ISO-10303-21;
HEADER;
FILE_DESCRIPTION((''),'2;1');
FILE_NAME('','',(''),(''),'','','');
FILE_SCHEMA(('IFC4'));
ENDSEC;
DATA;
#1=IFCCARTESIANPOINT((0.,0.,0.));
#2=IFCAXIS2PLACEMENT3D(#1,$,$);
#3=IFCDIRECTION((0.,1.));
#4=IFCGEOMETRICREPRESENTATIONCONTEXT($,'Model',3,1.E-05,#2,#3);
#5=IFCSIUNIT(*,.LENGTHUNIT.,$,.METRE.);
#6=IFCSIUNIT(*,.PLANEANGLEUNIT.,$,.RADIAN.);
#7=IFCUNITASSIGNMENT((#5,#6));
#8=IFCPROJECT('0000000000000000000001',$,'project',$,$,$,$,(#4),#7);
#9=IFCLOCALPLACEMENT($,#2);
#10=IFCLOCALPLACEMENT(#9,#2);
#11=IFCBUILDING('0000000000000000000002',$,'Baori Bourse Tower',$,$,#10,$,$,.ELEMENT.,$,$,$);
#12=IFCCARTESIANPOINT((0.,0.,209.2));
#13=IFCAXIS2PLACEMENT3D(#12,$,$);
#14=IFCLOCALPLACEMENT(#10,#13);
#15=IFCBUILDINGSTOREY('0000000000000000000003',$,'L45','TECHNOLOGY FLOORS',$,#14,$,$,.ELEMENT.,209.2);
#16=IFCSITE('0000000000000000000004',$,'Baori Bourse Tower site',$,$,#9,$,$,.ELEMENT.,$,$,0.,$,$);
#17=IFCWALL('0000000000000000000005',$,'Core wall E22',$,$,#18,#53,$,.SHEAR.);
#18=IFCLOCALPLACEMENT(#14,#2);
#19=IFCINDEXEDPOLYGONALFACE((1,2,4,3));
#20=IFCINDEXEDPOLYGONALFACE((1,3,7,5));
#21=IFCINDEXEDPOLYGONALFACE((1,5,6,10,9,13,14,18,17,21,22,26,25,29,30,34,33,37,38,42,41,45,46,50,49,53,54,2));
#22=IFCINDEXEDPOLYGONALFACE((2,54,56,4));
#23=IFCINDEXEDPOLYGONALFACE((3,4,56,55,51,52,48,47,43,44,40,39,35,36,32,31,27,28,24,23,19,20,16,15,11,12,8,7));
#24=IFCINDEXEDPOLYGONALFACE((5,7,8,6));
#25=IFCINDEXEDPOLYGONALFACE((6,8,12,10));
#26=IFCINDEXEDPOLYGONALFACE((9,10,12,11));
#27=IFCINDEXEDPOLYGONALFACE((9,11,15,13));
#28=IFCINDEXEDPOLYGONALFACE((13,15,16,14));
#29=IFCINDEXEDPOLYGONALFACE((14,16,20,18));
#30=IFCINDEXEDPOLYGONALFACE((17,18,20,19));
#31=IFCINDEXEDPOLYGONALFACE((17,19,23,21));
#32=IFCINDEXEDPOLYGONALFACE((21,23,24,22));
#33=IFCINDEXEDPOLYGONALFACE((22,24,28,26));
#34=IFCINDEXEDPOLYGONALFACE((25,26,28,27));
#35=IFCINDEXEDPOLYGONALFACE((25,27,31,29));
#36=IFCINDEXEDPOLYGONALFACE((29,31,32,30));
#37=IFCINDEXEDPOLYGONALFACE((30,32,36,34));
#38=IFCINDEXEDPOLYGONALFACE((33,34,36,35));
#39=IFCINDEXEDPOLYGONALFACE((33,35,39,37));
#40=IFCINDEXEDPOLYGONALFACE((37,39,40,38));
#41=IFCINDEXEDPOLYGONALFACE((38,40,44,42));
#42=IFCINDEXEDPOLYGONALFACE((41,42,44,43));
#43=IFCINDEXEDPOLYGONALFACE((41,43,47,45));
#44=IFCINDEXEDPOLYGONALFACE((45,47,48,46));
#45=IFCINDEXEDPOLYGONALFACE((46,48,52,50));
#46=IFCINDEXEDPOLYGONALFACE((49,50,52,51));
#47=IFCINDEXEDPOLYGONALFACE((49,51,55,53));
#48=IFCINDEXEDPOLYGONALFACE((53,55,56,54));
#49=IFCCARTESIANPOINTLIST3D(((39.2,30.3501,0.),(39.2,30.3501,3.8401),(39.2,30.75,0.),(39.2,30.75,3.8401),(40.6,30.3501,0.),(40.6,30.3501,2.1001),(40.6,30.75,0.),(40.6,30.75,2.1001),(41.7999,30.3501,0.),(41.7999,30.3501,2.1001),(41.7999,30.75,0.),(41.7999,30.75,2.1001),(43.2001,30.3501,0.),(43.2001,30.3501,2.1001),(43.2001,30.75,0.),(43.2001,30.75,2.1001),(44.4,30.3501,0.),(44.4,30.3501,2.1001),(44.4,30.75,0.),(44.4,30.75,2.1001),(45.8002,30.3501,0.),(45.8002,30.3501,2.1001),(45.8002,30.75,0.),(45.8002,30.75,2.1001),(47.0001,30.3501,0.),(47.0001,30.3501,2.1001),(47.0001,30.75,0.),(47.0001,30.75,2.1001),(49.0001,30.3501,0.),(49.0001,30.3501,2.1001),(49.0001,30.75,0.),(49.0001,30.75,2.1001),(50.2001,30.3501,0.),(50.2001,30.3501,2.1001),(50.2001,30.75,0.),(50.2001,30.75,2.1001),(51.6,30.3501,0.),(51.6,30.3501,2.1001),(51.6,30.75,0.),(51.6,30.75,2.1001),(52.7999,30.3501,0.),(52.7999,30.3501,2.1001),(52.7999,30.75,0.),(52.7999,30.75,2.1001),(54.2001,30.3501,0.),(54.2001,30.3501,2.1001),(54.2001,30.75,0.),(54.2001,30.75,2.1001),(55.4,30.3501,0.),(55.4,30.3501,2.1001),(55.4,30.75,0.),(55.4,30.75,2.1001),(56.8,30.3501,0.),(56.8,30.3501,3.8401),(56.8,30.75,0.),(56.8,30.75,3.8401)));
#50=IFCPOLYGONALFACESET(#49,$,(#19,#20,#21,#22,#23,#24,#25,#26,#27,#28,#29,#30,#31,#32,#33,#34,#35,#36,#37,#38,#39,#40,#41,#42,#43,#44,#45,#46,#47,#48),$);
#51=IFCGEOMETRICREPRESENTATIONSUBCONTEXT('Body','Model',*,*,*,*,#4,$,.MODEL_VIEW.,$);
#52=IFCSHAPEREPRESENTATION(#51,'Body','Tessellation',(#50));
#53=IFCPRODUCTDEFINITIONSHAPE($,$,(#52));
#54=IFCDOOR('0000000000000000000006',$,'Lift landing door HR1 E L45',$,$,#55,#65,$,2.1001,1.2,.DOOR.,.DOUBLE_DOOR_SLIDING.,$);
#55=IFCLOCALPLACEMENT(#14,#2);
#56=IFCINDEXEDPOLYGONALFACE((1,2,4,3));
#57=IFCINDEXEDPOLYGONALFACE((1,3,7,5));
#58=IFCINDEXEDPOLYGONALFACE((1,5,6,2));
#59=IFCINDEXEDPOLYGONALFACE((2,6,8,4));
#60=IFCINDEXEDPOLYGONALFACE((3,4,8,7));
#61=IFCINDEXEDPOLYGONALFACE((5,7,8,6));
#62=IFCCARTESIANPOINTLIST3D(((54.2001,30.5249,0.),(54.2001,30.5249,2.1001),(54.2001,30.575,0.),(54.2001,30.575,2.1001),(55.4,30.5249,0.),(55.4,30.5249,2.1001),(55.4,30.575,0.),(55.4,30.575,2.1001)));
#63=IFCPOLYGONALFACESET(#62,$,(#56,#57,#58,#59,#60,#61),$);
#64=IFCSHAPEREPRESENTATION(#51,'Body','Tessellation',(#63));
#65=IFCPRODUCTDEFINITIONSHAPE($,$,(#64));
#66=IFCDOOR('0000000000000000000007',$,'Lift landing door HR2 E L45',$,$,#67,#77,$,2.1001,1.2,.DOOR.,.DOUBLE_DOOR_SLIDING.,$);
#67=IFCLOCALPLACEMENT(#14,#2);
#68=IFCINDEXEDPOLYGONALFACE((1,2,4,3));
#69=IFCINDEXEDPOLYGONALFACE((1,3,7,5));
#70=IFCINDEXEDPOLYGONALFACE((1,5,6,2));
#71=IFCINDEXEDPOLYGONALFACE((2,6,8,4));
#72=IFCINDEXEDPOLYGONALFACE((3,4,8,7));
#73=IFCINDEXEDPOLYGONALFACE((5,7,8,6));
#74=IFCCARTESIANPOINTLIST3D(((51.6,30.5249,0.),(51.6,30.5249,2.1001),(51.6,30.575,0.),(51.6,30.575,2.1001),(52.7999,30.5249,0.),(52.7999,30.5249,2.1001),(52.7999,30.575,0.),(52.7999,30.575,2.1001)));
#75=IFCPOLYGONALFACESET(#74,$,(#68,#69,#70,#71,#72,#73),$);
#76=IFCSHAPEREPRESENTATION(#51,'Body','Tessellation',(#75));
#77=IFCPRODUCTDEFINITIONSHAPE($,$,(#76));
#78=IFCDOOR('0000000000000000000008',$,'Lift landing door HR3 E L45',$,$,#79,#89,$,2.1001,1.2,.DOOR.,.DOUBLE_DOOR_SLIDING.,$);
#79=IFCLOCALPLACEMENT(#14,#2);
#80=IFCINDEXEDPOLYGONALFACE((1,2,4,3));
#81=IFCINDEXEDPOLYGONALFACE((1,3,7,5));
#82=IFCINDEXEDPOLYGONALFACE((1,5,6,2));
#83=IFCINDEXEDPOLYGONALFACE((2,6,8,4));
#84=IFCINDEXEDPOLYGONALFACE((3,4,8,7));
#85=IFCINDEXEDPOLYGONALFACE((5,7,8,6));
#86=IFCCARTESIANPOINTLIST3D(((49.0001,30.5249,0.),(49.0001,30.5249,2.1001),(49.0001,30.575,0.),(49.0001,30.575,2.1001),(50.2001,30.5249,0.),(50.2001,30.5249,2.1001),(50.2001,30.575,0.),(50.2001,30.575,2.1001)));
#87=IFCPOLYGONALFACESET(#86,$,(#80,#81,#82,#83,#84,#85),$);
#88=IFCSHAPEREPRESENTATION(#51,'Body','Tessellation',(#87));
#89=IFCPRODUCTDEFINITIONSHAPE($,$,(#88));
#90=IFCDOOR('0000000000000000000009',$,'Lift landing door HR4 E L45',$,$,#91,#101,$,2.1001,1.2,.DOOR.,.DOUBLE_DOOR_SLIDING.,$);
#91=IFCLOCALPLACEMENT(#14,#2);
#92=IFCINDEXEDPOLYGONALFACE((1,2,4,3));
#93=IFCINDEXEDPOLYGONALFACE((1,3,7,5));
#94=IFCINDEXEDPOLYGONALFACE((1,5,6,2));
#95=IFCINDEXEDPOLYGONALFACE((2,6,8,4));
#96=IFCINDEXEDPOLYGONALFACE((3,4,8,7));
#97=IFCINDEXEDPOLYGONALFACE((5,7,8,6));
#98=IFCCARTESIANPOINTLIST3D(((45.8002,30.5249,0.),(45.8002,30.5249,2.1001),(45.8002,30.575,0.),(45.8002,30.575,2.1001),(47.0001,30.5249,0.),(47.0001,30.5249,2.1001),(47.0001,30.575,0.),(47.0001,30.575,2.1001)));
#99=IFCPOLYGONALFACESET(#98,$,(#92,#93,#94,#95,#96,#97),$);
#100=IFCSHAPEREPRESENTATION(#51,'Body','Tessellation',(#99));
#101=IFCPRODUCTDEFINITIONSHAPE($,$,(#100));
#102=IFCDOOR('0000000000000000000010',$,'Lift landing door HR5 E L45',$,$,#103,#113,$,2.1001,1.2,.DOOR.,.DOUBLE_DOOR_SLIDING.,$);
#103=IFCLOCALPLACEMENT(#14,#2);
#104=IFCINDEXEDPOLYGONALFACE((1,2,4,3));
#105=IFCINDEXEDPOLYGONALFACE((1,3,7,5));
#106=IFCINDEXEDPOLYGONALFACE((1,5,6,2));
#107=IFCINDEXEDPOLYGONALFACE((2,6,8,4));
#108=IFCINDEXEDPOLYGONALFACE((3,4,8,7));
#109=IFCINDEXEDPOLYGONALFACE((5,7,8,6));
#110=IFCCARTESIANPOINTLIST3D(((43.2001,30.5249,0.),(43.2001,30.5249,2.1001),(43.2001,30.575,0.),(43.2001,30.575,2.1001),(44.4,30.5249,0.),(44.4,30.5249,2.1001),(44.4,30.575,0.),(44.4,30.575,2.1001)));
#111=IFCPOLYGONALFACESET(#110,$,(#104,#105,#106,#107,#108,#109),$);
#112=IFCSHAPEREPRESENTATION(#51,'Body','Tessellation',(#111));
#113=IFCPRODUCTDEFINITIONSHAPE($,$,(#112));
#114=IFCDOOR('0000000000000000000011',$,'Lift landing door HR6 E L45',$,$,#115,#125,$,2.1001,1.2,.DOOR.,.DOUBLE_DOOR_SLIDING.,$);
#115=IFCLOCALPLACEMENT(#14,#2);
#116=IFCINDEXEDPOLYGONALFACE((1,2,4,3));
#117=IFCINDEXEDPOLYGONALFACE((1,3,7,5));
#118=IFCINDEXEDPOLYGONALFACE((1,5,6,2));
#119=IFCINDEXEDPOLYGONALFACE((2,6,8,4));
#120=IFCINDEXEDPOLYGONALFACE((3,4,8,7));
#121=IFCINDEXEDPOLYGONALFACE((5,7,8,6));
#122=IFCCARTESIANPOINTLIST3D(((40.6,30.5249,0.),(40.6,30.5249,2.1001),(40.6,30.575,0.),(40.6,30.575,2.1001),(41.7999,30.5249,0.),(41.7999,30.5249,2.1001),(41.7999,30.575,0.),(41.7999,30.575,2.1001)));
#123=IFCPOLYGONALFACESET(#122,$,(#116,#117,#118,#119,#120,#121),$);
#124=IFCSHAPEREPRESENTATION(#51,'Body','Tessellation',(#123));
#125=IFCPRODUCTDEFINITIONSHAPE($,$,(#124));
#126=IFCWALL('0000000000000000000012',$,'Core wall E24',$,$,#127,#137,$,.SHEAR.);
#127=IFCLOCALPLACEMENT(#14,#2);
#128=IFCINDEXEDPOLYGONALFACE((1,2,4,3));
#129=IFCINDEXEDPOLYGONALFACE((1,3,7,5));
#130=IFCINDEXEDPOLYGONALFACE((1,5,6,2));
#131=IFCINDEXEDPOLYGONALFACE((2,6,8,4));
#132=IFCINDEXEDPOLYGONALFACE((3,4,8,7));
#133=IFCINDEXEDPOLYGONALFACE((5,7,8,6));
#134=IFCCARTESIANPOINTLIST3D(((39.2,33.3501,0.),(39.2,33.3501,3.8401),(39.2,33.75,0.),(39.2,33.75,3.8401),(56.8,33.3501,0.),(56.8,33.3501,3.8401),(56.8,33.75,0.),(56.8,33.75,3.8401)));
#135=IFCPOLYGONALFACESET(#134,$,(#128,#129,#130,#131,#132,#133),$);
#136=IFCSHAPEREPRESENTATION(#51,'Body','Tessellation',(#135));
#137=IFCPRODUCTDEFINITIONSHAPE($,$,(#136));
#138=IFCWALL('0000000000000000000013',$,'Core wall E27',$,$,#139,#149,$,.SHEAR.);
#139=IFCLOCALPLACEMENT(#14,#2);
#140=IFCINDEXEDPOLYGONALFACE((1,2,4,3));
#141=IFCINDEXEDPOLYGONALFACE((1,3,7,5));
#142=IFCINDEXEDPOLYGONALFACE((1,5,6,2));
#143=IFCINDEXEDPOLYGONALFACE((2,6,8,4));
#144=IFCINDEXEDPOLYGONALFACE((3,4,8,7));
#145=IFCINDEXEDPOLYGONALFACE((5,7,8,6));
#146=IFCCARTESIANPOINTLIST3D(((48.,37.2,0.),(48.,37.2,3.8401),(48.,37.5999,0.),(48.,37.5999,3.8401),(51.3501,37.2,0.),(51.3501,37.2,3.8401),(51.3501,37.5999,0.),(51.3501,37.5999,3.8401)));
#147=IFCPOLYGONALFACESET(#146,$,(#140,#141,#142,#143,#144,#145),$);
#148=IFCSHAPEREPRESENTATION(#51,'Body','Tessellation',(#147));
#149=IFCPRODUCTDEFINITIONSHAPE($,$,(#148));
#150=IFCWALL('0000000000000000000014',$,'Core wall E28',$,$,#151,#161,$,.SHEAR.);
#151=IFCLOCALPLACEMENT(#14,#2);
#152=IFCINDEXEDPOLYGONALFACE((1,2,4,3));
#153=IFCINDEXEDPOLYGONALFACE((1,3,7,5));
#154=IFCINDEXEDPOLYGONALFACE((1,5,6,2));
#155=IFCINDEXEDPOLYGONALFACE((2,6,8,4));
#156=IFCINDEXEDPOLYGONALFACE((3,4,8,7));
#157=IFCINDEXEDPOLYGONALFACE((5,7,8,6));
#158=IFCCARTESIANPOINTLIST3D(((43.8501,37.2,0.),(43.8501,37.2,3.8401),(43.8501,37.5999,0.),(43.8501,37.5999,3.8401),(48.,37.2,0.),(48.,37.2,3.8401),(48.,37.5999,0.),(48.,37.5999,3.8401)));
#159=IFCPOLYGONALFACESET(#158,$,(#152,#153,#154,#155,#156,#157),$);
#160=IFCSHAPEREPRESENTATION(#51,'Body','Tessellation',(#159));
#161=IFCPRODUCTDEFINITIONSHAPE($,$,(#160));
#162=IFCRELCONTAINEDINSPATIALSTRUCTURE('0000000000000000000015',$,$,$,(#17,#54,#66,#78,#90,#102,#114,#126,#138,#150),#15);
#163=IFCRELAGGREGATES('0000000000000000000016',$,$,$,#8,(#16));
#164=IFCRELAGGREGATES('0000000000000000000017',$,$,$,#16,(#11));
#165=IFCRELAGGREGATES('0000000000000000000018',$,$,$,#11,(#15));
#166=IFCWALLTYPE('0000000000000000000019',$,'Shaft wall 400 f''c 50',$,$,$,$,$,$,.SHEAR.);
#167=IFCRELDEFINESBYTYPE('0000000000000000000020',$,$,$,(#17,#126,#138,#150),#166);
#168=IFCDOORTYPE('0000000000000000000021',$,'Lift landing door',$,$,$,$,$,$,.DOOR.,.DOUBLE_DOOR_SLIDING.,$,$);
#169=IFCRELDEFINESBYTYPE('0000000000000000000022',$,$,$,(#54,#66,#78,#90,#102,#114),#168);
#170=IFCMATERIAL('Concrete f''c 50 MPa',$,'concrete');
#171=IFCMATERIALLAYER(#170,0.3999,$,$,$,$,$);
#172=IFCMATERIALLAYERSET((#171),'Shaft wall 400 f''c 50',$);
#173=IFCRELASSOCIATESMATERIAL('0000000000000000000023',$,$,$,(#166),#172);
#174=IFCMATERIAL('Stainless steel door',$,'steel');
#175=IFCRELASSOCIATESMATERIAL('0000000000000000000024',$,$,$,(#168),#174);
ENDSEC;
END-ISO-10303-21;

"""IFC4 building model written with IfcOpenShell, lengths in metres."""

from ifc_helpers import new_model, si_unit, direction, frame, frame_2d, origin, place, context, subcontext, project, spatial, rectangle, extrude, material, layer, layer_set, type_object, element, fill, save


model = new_model("IFC4")

# Units and contexts
model_context = context("Model", 3, precision=1e-05, world=origin(), true_north=direction((0.0, 1.0)))
body_context = subcontext(model_context, "Body", "Model", "MODEL_VIEW")
ifc_project = project(units=[si_unit("LENGTHUNIT", "METRE"), si_unit("PLANEANGLEUNIT", "RADIAN")], contexts=[model_context])

# Site, building, storey
site_placement = place(None, origin())
site = spatial("IfcSite", under=ifc_project, at=site_placement, Name="Baori Bourse Tower site", CompositionType="ELEMENT", RefElevation=0.0)
building_placement = place(site_placement, origin())
building = spatial("IfcBuilding", under=site, at=building_placement, Name="Baori Bourse Tower", CompositionType="ELEMENT")
storey_placement = place(building_placement, frame((0.0, 0.0, 209.2)))
storey = spatial("IfcBuildingStorey", under=building, at=storey_placement, Name="L45", Description="TECHNOLOGY FLOORS", CompositionType="ELEMENT", Elevation=209.2)

# Shared definitions
ifc_material_1 = material(Name="Concrete f'c 50 MPa", Category="concrete")
ifc_layer_1 = layer(ifc_material_1, 0.3999)
ifc_layer_set_1 = layer_set([ifc_layer_1], Name="Shaft wall 400 f'c 50")
wall_type_1 = type_object("IfcWallType", Name="Shaft wall 400 f'c 50", PredefinedType="SHEAR", material=ifc_layer_set_1)
ifc_material_2 = material(Name="Stainless steel door", Category="steel")
door_type_1 = type_object("IfcDoorType", Name="Lift landing door", OperationType="DOUBLE_DOOR_SLIDING", PredefinedType="DOOR", material=ifc_material_2)

# Wall, openings, doors
wall_1_placement = place(storey_placement, frame((39.2, 30.55, 0.0), z_axis=(0.0, 0.0, 1.0), x_axis=(1.0, 0.0, 0.0)))
wall_1 = element("IfcWall", 1, at=wall_1_placement, inside=storey, type_object=wall_type_1, Name="Core wall E22", PredefinedType="SHEAR", context=body_context, shape_type="SweptSolid", body=[
    extrude(rectangle(XDim=17.6001, YDim=0.3999, at=frame_2d((8.8, 0.0))), origin(), (0.0, 0.0, 1.0), 3.8401),
])
opening_1_placement = place(wall_1_placement, frame((15.0, 0.0, 0.0)))
opening_1 = element("IfcOpeningElement", 2, at=opening_1_placement, cuts=wall_1, PredefinedType="OPENING", context=body_context, shape_type="SweptSolid", body=[
    extrude(rectangle(XDim=1.2, YDim=2.1001, at=frame_2d((0.6001, 1.05))), frame((0.0, 0.21, 0.0), z_axis=(0.0, -1.0, 0.0), x_axis=(1.0, 0.0, 0.0)), (0.0, 0.0, 1.0), 0.4199),
])
opening_2_placement = place(wall_1_placement, frame((12.3999, 0.0, 0.0)))
opening_2 = element("IfcOpeningElement", 3, at=opening_2_placement, cuts=wall_1, PredefinedType="OPENING", context=body_context, shape_type="SweptSolid", body=[
    extrude(rectangle(XDim=1.2, YDim=2.1001, at=frame_2d((0.6001, 1.05))), frame((0.0, 0.21, 0.0), z_axis=(0.0, -1.0, 0.0), x_axis=(1.0, 0.0, 0.0)), (0.0, 0.0, 1.0), 0.4199),
])
opening_3_placement = place(wall_1_placement, frame((9.8, 0.0, 0.0)))
opening_3 = element("IfcOpeningElement", 4, at=opening_3_placement, cuts=wall_1, PredefinedType="OPENING", context=body_context, shape_type="SweptSolid", body=[
    extrude(rectangle(XDim=1.2, YDim=2.1001, at=frame_2d((0.6001, 1.05))), frame((0.0, 0.21, 0.0), z_axis=(0.0, -1.0, 0.0), x_axis=(1.0, 0.0, 0.0)), (0.0, 0.0, 1.0), 0.4199),
])
opening_4_placement = place(wall_1_placement, frame((6.6001, 0.0, 0.0)))
opening_4 = element("IfcOpeningElement", 5, at=opening_4_placement, cuts=wall_1, PredefinedType="OPENING", context=body_context, shape_type="SweptSolid", body=[
    extrude(rectangle(XDim=1.2, YDim=2.1001, at=frame_2d((0.6001, 1.05))), frame((0.0, 0.21, 0.0), z_axis=(0.0, -1.0, 0.0), x_axis=(1.0, 0.0, 0.0)), (0.0, 0.0, 1.0), 0.4199),
])
opening_5_placement = place(wall_1_placement, frame((4.0, 0.0, 0.0)))
opening_5 = element("IfcOpeningElement", 6, at=opening_5_placement, cuts=wall_1, PredefinedType="OPENING", context=body_context, shape_type="SweptSolid", body=[
    extrude(rectangle(XDim=1.2, YDim=2.1001, at=frame_2d((0.6001, 1.05))), frame((0.0, 0.21, 0.0), z_axis=(0.0, -1.0, 0.0), x_axis=(1.0, 0.0, 0.0)), (0.0, 0.0, 1.0), 0.4199),
])
opening_6_placement = place(wall_1_placement, frame((1.3999, 0.0, 0.0)))
opening_6 = element("IfcOpeningElement", 7, at=opening_6_placement, cuts=wall_1, PredefinedType="OPENING", context=body_context, shape_type="SweptSolid", body=[
    extrude(rectangle(XDim=1.2, YDim=2.1001, at=frame_2d((0.6001, 1.05))), frame((0.0, 0.21, 0.0), z_axis=(0.0, -1.0, 0.0), x_axis=(1.0, 0.0, 0.0)), (0.0, 0.0, 1.0), 0.4199),
])
door_1_placement = place(opening_1_placement, origin())
door_1 = element("IfcDoor", 8, at=door_1_placement, inside=storey, type_object=door_type_1, Name="Lift landing door HR1 E L45", OperationType="DOUBLE_DOOR_SLIDING", OverallHeight=2.1001, OverallWidth=1.2, PredefinedType="DOOR", context=body_context, shape_type="SweptSolid", body=[
    extrude(rectangle(XDim=1.2, YDim=2.1001, at=frame_2d((0.6001, 1.05))), frame((0.0, 0.0249, 0.0), z_axis=(0.0, -1.0, 0.0), x_axis=(1.0, 0.0, 0.0)), (0.0, 0.0, 1.0), 0.05),
])
fill(opening_1, door_1)
door_2_placement = place(opening_2_placement, origin())
door_2 = element("IfcDoor", 9, at=door_2_placement, inside=storey, type_object=door_type_1, Name="Lift landing door HR2 E L45", OperationType="DOUBLE_DOOR_SLIDING", OverallHeight=2.1001, OverallWidth=1.2, PredefinedType="DOOR", context=body_context, shape_type="SweptSolid", body=[
    extrude(rectangle(XDim=1.2, YDim=2.1001, at=frame_2d((0.6001, 1.05))), frame((0.0, 0.0249, 0.0), z_axis=(0.0, -1.0, 0.0), x_axis=(1.0, 0.0, 0.0)), (0.0, 0.0, 1.0), 0.05),
])
fill(opening_2, door_2)
door_3_placement = place(opening_3_placement, origin())
door_3 = element("IfcDoor", 10, at=door_3_placement, inside=storey, type_object=door_type_1, Name="Lift landing door HR3 E L45", OperationType="DOUBLE_DOOR_SLIDING", OverallHeight=2.1001, OverallWidth=1.2, PredefinedType="DOOR", context=body_context, shape_type="SweptSolid", body=[
    extrude(rectangle(XDim=1.2, YDim=2.1001, at=frame_2d((0.6001, 1.05))), frame((0.0, 0.0249, 0.0), z_axis=(0.0, -1.0, 0.0), x_axis=(1.0, 0.0, 0.0)), (0.0, 0.0, 1.0), 0.05),
])
fill(opening_3, door_3)
door_4_placement = place(opening_4_placement, origin())
door_4 = element("IfcDoor", 11, at=door_4_placement, inside=storey, type_object=door_type_1, Name="Lift landing door HR4 E L45", OperationType="DOUBLE_DOOR_SLIDING", OverallHeight=2.1001, OverallWidth=1.2, PredefinedType="DOOR", context=body_context, shape_type="SweptSolid", body=[
    extrude(rectangle(XDim=1.2, YDim=2.1001, at=frame_2d((0.6001, 1.05))), frame((0.0, 0.0249, 0.0), z_axis=(0.0, -1.0, 0.0), x_axis=(1.0, 0.0, 0.0)), (0.0, 0.0, 1.0), 0.05),
])
fill(opening_4, door_4)
door_5_placement = place(opening_5_placement, origin())
door_5 = element("IfcDoor", 12, at=door_5_placement, inside=storey, type_object=door_type_1, Name="Lift landing door HR5 E L45", OperationType="DOUBLE_DOOR_SLIDING", OverallHeight=2.1001, OverallWidth=1.2, PredefinedType="DOOR", context=body_context, shape_type="SweptSolid", body=[
    extrude(rectangle(XDim=1.2, YDim=2.1001, at=frame_2d((0.6001, 1.05))), frame((0.0, 0.0249, 0.0), z_axis=(0.0, -1.0, 0.0), x_axis=(1.0, 0.0, 0.0)), (0.0, 0.0, 1.0), 0.05),
])
fill(opening_5, door_5)
door_6_placement = place(opening_6_placement, origin())
door_6 = element("IfcDoor", 13, at=door_6_placement, inside=storey, type_object=door_type_1, Name="Lift landing door HR6 E L45", OperationType="DOUBLE_DOOR_SLIDING", OverallHeight=2.1001, OverallWidth=1.2, PredefinedType="DOOR", context=body_context, shape_type="SweptSolid", body=[
    extrude(rectangle(XDim=1.2, YDim=2.1001, at=frame_2d((0.6001, 1.05))), frame((0.0, 0.0249, 0.0), z_axis=(0.0, -1.0, 0.0), x_axis=(1.0, 0.0, 0.0)), (0.0, 0.0, 1.0), 0.05),
])
fill(opening_6, door_6)

# Walls
wall_2_placement = place(storey_placement, frame((39.2, 33.55, 0.0), z_axis=(0.0, 0.0, 1.0), x_axis=(1.0, 0.0, 0.0)))
element("IfcWall", 14, at=wall_2_placement, inside=storey, type_object=wall_type_1, Name="Core wall E24", PredefinedType="SHEAR", context=body_context, shape_type="SweptSolid", body=[
    extrude(rectangle(XDim=17.6001, YDim=0.3999, at=frame_2d((8.8, 0.0))), origin(), (0.0, 0.0, 1.0), 3.8401),
])
wall_3_placement = place(storey_placement, frame((48.0, 37.3999, 0.0), z_axis=(0.0, 0.0, 1.0), x_axis=(1.0, 0.0, 0.0)))
element("IfcWall", 15, at=wall_3_placement, inside=storey, type_object=wall_type_1, Name="Core wall E27", PredefinedType="SHEAR", context=body_context, shape_type="SweptSolid", body=[
    extrude(rectangle(XDim=3.3501, YDim=0.3999, at=frame_2d((1.675, 0.0))), origin(), (0.0, 0.0, 1.0), 3.8401),
])
wall_4_placement = place(storey_placement, frame((43.8501, 37.3999, 0.0), z_axis=(0.0, 0.0, 1.0), x_axis=(1.0, 0.0, 0.0)))
element("IfcWall", 16, at=wall_4_placement, inside=storey, type_object=wall_type_1, Name="Core wall E28", PredefinedType="SHEAR", context=body_context, shape_type="SweptSolid", body=[
    extrude(rectangle(XDim=4.1499, YDim=0.3999, at=frame_2d((2.075, 0.0))), origin(), (0.0, 0.0, 1.0), 3.8401),
])

save(model, "model.ifc")
